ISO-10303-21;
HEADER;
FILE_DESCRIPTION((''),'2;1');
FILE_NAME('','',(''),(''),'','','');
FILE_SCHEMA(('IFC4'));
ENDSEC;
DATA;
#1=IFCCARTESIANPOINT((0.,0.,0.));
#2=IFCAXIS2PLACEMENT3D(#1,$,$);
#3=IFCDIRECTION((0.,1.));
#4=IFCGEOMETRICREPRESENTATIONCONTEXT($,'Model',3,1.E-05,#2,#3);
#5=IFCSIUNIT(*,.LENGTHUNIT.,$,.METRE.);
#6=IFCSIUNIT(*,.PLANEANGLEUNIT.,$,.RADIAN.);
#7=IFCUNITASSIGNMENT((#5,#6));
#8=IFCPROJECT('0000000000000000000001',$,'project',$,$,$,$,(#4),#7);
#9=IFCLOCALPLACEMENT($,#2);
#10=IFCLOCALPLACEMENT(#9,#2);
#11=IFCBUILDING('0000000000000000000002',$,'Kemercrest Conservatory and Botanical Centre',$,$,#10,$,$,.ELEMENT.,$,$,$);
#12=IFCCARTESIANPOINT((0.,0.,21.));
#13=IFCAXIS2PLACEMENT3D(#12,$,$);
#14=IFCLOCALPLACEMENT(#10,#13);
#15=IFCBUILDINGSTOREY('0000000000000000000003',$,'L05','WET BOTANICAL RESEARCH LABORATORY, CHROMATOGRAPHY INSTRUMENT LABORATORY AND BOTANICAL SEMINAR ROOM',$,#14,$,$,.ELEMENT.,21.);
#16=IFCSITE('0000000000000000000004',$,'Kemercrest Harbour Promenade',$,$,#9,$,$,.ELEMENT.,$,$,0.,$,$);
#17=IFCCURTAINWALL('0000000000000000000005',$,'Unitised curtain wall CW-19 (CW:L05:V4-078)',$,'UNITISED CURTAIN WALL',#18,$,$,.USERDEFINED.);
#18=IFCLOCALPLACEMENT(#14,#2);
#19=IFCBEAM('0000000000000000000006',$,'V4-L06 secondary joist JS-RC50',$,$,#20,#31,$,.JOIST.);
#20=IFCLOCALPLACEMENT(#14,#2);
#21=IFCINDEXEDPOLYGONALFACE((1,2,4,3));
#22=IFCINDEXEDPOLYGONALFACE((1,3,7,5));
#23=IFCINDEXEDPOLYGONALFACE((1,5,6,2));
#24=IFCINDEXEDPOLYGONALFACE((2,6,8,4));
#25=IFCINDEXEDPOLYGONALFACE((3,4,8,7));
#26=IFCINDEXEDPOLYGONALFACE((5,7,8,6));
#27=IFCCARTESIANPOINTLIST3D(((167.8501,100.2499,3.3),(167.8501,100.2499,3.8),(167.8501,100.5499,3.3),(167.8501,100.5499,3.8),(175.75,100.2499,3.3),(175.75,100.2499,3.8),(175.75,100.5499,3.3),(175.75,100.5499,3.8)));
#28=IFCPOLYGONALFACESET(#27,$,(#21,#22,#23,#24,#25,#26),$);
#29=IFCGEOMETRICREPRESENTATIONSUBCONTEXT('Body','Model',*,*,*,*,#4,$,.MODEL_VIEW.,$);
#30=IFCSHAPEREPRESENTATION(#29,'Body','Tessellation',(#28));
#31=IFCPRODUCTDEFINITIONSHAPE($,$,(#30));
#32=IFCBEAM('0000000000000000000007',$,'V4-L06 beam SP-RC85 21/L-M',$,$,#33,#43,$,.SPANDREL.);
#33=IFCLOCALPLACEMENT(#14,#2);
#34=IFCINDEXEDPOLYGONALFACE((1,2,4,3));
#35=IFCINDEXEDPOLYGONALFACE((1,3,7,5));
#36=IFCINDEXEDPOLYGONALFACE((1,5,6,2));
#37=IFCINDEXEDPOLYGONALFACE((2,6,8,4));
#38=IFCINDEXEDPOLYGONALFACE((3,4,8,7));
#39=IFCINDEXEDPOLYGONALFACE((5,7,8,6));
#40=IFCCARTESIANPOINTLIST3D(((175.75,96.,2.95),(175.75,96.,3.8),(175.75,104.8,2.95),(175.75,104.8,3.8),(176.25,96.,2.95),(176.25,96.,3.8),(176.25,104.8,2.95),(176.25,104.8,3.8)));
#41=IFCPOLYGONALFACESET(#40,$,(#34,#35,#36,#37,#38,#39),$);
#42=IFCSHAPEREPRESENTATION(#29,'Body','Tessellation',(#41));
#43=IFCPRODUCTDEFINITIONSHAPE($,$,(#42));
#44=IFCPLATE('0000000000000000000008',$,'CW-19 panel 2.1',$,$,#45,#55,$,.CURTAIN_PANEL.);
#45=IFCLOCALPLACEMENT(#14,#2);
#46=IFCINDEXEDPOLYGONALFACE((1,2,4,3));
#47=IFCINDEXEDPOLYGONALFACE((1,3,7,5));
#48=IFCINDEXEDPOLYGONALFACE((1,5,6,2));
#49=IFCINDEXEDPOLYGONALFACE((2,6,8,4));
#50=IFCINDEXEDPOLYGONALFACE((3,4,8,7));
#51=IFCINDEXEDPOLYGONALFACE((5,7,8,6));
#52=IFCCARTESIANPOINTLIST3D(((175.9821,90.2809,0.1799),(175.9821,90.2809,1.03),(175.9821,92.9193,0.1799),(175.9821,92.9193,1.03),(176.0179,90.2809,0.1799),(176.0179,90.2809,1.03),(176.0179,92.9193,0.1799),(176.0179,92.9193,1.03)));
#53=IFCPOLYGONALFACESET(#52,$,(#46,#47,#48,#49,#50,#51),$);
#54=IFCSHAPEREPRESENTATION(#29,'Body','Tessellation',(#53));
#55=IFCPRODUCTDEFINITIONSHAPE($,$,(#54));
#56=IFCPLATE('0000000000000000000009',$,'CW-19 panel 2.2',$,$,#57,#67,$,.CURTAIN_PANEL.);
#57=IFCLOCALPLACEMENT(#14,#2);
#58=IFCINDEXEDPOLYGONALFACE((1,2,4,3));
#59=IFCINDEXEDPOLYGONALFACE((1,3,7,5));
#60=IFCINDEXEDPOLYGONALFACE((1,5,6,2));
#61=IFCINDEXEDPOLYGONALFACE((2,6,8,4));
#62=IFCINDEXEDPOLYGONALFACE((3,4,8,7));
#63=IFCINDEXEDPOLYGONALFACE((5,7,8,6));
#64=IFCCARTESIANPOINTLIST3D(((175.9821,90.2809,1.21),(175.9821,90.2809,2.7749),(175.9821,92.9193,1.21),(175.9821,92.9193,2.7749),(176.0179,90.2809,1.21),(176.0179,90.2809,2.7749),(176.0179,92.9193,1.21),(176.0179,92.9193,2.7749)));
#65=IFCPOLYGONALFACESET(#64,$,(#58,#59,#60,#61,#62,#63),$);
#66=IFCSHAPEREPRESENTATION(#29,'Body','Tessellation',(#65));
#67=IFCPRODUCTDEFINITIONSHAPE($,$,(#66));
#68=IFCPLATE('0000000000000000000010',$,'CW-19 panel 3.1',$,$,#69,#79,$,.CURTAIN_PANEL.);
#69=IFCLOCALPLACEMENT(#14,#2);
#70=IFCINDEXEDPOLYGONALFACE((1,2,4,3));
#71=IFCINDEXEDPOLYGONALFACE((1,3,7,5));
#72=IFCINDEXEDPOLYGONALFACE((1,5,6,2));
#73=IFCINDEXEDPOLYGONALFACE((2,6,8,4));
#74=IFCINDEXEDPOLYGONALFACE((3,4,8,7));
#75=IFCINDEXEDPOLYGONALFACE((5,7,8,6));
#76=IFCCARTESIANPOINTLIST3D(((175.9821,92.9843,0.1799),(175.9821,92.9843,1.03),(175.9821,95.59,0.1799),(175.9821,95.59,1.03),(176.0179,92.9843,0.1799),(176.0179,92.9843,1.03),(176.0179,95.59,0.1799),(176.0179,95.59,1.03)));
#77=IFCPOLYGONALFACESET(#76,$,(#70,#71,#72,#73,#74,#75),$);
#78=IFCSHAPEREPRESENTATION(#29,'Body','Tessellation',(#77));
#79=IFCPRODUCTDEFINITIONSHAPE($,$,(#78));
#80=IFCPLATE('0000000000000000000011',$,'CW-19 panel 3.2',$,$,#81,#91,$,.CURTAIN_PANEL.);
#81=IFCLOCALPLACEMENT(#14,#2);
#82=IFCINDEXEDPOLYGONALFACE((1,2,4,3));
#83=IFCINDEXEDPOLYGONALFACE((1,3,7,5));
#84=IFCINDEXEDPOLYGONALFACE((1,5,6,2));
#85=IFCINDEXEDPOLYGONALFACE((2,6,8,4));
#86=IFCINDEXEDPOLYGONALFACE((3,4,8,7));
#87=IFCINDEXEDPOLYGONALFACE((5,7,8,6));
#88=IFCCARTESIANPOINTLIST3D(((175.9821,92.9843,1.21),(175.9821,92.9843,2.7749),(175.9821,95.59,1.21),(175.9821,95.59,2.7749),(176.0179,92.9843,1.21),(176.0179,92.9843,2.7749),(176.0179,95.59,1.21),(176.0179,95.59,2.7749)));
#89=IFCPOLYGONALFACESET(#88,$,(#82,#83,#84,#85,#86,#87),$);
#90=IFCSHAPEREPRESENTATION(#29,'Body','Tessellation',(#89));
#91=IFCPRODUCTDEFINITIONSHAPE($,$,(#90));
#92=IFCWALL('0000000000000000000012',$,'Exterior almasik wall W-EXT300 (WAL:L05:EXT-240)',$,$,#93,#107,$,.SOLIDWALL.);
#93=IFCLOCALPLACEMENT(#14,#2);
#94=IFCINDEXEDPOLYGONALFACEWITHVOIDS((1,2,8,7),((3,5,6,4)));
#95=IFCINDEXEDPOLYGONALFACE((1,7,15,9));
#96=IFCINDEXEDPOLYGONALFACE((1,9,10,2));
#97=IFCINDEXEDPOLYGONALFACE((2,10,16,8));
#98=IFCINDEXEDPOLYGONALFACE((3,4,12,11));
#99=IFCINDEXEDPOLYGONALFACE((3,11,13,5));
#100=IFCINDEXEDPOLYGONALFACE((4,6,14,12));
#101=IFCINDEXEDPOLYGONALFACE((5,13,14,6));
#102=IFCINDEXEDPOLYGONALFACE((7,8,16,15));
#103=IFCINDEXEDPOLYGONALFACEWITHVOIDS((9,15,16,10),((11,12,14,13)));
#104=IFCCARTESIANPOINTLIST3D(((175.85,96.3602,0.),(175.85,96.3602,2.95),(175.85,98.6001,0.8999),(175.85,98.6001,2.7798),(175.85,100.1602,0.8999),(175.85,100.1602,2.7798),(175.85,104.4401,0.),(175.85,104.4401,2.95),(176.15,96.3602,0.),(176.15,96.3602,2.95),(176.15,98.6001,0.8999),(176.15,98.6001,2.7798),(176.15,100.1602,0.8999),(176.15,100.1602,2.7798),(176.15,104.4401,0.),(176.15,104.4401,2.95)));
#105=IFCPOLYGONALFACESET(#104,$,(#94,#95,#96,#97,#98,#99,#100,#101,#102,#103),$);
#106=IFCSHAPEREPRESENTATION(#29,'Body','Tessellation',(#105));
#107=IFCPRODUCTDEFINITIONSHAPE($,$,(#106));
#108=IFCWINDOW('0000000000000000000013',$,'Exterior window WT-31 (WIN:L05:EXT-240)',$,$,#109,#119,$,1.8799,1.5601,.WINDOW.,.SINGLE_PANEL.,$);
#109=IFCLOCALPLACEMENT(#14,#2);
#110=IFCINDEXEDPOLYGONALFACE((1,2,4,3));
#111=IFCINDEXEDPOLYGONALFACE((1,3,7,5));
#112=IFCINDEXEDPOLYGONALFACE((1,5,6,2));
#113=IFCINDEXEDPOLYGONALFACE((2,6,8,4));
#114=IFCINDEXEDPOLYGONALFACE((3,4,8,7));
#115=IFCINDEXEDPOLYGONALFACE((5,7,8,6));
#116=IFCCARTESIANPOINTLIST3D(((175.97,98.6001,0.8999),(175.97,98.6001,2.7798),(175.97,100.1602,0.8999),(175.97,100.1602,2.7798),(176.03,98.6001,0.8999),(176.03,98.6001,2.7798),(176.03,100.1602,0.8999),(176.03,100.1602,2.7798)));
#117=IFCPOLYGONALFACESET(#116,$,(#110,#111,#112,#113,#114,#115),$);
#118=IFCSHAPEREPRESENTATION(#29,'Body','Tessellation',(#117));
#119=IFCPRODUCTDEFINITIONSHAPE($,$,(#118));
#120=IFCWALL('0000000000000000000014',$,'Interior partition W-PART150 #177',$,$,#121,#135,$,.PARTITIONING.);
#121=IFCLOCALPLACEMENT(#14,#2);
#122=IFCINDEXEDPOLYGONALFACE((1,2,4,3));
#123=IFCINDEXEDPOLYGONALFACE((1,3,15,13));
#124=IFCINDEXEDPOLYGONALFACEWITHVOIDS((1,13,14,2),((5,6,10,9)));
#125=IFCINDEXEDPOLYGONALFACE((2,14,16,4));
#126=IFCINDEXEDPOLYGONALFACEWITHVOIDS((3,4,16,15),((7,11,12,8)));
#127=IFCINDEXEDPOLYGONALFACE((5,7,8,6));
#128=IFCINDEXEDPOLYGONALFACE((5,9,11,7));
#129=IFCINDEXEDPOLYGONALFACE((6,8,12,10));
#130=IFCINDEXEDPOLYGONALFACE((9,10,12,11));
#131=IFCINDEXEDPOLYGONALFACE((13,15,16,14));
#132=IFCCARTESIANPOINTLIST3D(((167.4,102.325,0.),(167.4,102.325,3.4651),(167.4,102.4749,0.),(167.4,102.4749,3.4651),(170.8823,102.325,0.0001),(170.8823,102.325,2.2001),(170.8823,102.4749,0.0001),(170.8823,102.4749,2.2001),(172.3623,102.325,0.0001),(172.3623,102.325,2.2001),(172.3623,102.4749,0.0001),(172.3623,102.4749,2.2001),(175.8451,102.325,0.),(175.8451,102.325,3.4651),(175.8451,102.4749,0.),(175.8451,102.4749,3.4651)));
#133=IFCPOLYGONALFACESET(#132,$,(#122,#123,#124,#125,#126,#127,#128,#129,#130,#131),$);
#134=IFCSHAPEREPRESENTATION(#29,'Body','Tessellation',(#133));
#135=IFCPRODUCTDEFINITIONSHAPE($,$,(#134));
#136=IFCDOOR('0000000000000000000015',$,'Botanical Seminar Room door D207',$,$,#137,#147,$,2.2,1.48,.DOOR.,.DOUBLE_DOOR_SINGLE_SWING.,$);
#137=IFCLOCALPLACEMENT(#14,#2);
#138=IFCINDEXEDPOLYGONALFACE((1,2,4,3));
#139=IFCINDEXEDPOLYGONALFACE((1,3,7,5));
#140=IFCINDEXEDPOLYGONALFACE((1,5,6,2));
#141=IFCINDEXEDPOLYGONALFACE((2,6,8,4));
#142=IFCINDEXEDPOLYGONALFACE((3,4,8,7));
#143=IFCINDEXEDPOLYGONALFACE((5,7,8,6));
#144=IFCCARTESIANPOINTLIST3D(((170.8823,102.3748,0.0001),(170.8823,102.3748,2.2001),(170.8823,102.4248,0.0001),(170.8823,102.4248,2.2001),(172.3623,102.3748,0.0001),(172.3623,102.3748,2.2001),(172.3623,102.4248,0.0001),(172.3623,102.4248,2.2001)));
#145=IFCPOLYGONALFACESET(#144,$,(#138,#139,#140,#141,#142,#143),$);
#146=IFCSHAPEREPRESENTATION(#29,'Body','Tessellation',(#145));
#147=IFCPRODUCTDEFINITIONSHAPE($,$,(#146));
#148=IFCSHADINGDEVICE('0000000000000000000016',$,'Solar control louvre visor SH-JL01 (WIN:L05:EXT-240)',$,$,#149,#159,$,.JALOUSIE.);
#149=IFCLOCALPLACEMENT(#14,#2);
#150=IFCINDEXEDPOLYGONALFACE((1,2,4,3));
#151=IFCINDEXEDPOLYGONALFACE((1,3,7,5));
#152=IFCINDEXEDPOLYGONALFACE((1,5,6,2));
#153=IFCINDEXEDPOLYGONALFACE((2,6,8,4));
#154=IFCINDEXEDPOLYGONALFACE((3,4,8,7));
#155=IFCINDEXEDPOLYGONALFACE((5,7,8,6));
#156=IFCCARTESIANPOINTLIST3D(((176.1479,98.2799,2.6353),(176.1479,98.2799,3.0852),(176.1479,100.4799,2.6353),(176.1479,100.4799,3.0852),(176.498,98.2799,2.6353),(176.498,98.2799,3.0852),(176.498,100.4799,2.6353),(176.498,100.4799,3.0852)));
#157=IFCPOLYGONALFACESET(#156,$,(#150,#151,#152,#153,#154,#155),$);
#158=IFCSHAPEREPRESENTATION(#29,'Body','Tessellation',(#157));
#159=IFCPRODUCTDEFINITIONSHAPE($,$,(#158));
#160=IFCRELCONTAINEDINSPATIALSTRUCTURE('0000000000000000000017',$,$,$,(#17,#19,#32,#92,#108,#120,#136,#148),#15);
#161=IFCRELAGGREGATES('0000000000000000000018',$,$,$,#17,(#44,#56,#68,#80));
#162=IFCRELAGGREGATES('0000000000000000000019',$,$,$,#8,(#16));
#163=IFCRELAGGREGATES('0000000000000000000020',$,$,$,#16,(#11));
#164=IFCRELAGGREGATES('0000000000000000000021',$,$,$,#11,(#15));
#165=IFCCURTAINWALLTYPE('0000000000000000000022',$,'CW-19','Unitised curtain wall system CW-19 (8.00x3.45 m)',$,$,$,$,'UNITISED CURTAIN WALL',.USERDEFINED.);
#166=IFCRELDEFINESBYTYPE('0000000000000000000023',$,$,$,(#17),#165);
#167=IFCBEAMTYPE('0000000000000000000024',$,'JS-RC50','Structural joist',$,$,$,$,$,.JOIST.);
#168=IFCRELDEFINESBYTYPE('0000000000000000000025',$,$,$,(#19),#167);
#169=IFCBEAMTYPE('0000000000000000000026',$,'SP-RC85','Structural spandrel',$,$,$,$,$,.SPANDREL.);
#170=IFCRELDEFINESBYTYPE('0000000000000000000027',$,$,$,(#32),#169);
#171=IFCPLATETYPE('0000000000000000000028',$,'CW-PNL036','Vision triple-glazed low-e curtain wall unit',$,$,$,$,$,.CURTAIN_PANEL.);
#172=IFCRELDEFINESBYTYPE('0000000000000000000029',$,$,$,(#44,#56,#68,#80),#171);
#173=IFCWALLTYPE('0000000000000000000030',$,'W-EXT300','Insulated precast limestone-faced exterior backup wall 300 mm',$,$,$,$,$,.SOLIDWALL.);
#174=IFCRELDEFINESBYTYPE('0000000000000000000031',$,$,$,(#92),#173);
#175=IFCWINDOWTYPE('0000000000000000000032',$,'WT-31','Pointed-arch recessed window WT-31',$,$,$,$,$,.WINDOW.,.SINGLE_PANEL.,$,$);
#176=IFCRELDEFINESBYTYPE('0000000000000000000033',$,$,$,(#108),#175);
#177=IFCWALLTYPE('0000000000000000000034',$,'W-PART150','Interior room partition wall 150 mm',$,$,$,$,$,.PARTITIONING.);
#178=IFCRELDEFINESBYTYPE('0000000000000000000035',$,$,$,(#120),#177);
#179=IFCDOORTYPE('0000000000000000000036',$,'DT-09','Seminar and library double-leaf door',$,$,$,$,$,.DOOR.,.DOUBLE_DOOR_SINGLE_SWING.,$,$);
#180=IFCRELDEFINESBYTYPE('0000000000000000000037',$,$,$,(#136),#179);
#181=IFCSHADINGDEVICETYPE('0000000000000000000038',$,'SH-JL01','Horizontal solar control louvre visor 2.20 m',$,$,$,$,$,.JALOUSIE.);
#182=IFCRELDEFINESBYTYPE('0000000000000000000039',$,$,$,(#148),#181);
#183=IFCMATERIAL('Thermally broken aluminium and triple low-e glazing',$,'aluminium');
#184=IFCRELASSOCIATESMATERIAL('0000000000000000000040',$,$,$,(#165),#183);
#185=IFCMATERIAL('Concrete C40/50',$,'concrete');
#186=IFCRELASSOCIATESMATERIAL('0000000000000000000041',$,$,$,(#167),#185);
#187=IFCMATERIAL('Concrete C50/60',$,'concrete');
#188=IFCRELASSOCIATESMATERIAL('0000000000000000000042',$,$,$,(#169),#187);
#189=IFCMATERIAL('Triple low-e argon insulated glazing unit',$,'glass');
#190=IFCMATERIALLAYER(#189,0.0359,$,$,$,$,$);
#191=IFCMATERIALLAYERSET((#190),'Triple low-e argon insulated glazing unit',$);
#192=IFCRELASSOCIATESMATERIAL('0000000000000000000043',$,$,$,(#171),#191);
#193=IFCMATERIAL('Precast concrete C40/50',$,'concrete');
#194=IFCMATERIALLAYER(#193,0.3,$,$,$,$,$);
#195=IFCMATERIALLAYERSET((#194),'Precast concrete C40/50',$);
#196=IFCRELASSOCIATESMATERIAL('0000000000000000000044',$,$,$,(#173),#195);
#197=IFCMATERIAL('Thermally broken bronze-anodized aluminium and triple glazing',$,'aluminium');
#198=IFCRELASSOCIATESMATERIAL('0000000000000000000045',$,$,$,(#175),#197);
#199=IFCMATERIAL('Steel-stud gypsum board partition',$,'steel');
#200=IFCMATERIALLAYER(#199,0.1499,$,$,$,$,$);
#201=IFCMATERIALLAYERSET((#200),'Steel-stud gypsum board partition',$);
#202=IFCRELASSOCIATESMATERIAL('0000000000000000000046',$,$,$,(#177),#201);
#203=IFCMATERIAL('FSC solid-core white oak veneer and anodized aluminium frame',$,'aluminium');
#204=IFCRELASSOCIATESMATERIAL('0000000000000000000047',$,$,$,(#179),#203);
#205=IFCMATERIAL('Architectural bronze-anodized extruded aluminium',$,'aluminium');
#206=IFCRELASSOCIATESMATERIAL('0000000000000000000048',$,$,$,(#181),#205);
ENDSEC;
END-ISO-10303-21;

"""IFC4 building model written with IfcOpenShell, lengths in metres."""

from ifc_helpers import new_model, si_unit, direction, frame, frame_2d, origin, origin_2d, place, context, subcontext, project, spatial, rectangle, extrude, material, layer, layer_set, material_profile, profile_set, type_object, element, fill, aggregate, save


model = new_model("IFC4")

# Units and contexts
model_context = context("Model", 3, precision=1e-05, world=origin(), true_north=direction((0.0, 1.0)))
body_context = subcontext(model_context, "Body", "Model", "MODEL_VIEW")
ifc_project = project(units=[si_unit("LENGTHUNIT", "METRE"), si_unit("PLANEANGLEUNIT", "RADIAN")], contexts=[model_context])

# Site, building, storey
site_placement = place(None, origin())
site = spatial("IfcSite", under=ifc_project, at=site_placement, Name="Kemercrest Harbour Promenade", CompositionType="ELEMENT", RefElevation=0.0)
building_placement = place(site_placement, origin())
building = spatial("IfcBuilding", under=site, at=building_placement, Name="Kemercrest Conservatory and Botanical Centre", CompositionType="ELEMENT")
storey_placement = place(building_placement, frame((0.0, 0.0, 21.0)))
storey = spatial("IfcBuildingStorey", under=building, at=storey_placement, Name="L05", Description="WET BOTANICAL RESEARCH LABORATORY, CHROMATOGRAPHY INSTRUMENT LABORATORY AND BOTANICAL SEMINAR ROOM", CompositionType="ELEMENT", Elevation=21.0)

# Shared definitions
ifc_material_1 = material(Name="Concrete C50/60", Category="concrete")

# Curtain wall
ifc_material_2 = material(Name="Thermally broken aluminium and triple low-e glazing", Category="aluminium")
curtain_wall_type = type_object("IfcCurtainWallType", Name="CW-19", Description="Unitised curtain wall system CW-19 (8.00x3.45 m)", ElementType="UNITISED CURTAIN WALL", PredefinedType="USERDEFINED", material=ifc_material_2)
curtain_wall_placement = place(storey_placement, origin())
curtain_wall = element("IfcCurtainWall", 1, at=curtain_wall_placement, inside=storey, type_object=curtain_wall_type, Name="Unitised curtain wall CW-19 (CW:L05:V4-078)", ObjectType="UNITISED CURTAIN WALL", PredefinedType="USERDEFINED")

# Beams
ifc_material_3 = material(Name="Concrete C40/50", Category="concrete")
ifc_material_profile_1 = material_profile(ifc_material_3, rectangle(XDim=0.3, YDim=0.5, at=origin_2d()), Name="RC 300x500")
ifc_profile_set_1 = profile_set([ifc_material_profile_1], Name="Concrete C40/50")
beam_type_1 = type_object("IfcBeamType", Name="JS-RC50", Description="Structural joist", PredefinedType="JOIST", material=ifc_profile_set_1)
beam_1_placement = place(storey_placement, frame((167.8501, 100.3999, 3.55), z_axis=(1.0, 0.0, 0.0), x_axis=(0.0, 1.0, 0.0)))
element("IfcBeam", 2, at=beam_1_placement, inside=storey, type_object=beam_type_1, Name="V4-L06 secondary joist JS-RC50", PredefinedType="JOIST", context=body_context, shape_type="SweptSolid", body=[
    extrude(rectangle(XDim=0.3, YDim=0.5, at=origin_2d()), origin(), (0.0, 0.0, 1.0), 7.8999),
])
ifc_material_profile_2 = material_profile(ifc_material_1, rectangle(XDim=0.5, YDim=0.8501, at=origin_2d()), Name="RC 500x850")
ifc_profile_set_2 = profile_set([ifc_material_profile_2], Name="Concrete C50/60")
beam_type_2 = type_object("IfcBeamType", Name="SP-RC85", Description="Structural spandrel", PredefinedType="SPANDREL", material=ifc_profile_set_2)
beam_2_placement = place(storey_placement, frame((176.0, 96.0, 3.375), z_axis=(0.0, 1.0, 0.0), x_axis=(-1.0, 0.0, 0.0)))
element("IfcBeam", 3, at=beam_2_placement, inside=storey, type_object=beam_type_2, Name="V4-L06 beam SP-RC85 21/L-M", PredefinedType="SPANDREL", context=body_context, shape_type="SweptSolid", body=[
    extrude(rectangle(XDim=0.5, YDim=0.8501, at=origin_2d()), origin(), (0.0, 0.0, 1.0), 8.8),
])

# Plates
ifc_material_4 = material(Name="Triple low-e argon insulated glazing unit", Category="glass")
ifc_layer_1 = layer(ifc_material_4, 0.0359)
ifc_layer_set_1 = layer_set([ifc_layer_1], Name="Triple low-e argon insulated glazing unit")
plate_type = type_object("IfcPlateType", Name="CW-PNL036", Description="Vision triple-glazed low-e curtain wall unit", PredefinedType="CURTAIN_PANEL", material=ifc_layer_set_1)
plate_1_placement = place(storey_placement, frame((176.0, 91.6001, 0.1799), z_axis=(0.0, 0.0, 1.0), x_axis=(0.0, 1.0, 0.0)))
plate_1 = element("IfcPlate", 4, at=plate_1_placement, type_object=plate_type, Name="CW-19 panel 2.1", PredefinedType="CURTAIN_PANEL", context=body_context, shape_type="SweptSolid", body=[
    extrude(rectangle(XDim=2.6384, YDim=0.0359, at=origin_2d()), origin(), (0.0, 0.0, 1.0), 0.8501),
])
plate_2_placement = place(storey_placement, frame((176.0, 91.6001, 1.21), z_axis=(0.0, 0.0, 1.0), x_axis=(0.0, 1.0, 0.0)))
plate_2 = element("IfcPlate", 5, at=plate_2_placement, type_object=plate_type, Name="CW-19 panel 2.2", PredefinedType="CURTAIN_PANEL", context=body_context, shape_type="SweptSolid", body=[
    extrude(rectangle(XDim=2.6384, YDim=0.0359, at=origin_2d()), origin(), (0.0, 0.0, 1.0), 1.5649),
])
plate_3_placement = place(storey_placement, frame((176.0, 94.2871, 0.1799), z_axis=(0.0, 0.0, 1.0), x_axis=(0.0, 1.0, 0.0)))
plate_3 = element("IfcPlate", 6, at=plate_3_placement, type_object=plate_type, Name="CW-19 panel 3.1", PredefinedType="CURTAIN_PANEL", context=body_context, shape_type="SweptSolid", body=[
    extrude(rectangle(XDim=2.6057, YDim=0.0359, at=origin_2d()), origin(), (0.0, 0.0, 1.0), 0.8501),
])
plate_4_placement = place(storey_placement, frame((176.0, 94.2871, 1.21), z_axis=(0.0, 0.0, 1.0), x_axis=(0.0, 1.0, 0.0)))
plate_4 = element("IfcPlate", 7, at=plate_4_placement, type_object=plate_type, Name="CW-19 panel 3.2", PredefinedType="CURTAIN_PANEL", context=body_context, shape_type="SweptSolid", body=[
    extrude(rectangle(XDim=2.6057, YDim=0.0359, at=origin_2d()), origin(), (0.0, 0.0, 1.0), 1.5649),
])
aggregate(curtain_wall, [plate_1, plate_2, plate_3, plate_4])

# Wall, opening, window
ifc_material_5 = material(Name="Precast concrete C40/50", Category="concrete")
ifc_layer_2 = layer(ifc_material_5, 0.3)
ifc_layer_set_2 = layer_set([ifc_layer_2], Name="Precast concrete C40/50")
wall_type_1 = type_object("IfcWallType", Name="W-EXT300", Description="Insulated precast limestone-faced exterior backup wall 300 mm", PredefinedType="SOLIDWALL", material=ifc_layer_set_2)
wall_1_placement = place(storey_placement, frame((176.0, 96.3601, 0.0), z_axis=(0.0, 0.0, 1.0), x_axis=(0.0, 1.0, 0.0)))
wall_1 = element("IfcWall", 8, at=wall_1_placement, inside=storey, type_object=wall_type_1, Name="Exterior almasik wall W-EXT300 (WAL:L05:EXT-240)", PredefinedType="SOLIDWALL", context=body_context, shape_type="SweptSolid", body=[
    extrude(rectangle(XDim=8.0798, YDim=0.3, at=frame_2d((4.04, 0.0))), origin(), (0.0, 0.0, 1.0), 2.95),
])
opening_1_placement = place(wall_1_placement, frame((2.24, 0.0, 0.8999)))
opening_1 = element("IfcOpeningElement", 9, at=opening_1_placement, cuts=wall_1, PredefinedType="OPENING", context=body_context, shape_type="SweptSolid", body=[
    extrude(rectangle(XDim=1.5601, YDim=1.8799, at=frame_2d((0.78, 0.9399))), frame((0.0, 0.1602, 0.0), z_axis=(0.0, -1.0, 0.0), x_axis=(1.0, 0.0, 0.0)), (0.0, 0.0, 1.0), 0.3201),
])
ifc_material_6 = material(Name="Thermally broken bronze-anodized aluminium and triple glazing", Category="aluminium")
window_type = type_object("IfcWindowType", Name="WT-31", Description="Pointed-arch recessed window WT-31", PartitioningType="SINGLE_PANEL", PredefinedType="WINDOW", material=ifc_material_6)
window_placement = place(opening_1_placement, origin())
window = element("IfcWindow", 10, at=window_placement, inside=storey, type_object=window_type, Name="Exterior window WT-31 (WIN:L05:EXT-240)", OverallHeight=1.8799, OverallWidth=1.5601, PartitioningType="SINGLE_PANEL", PredefinedType="WINDOW", context=body_context, shape_type="SweptSolid", body=[
    extrude(rectangle(XDim=1.5601, YDim=1.8799, at=frame_2d((0.78, 0.9399))), frame((0.0, 0.03, 0.0), z_axis=(0.0, -1.0, 0.0), x_axis=(1.0, 0.0, 0.0)), (0.0, 0.0, 1.0), 0.0601),
])
fill(opening_1, window)

# Wall, opening, door
ifc_material_7 = material(Name="Steel-stud gypsum board partition", Category="steel")
ifc_layer_3 = layer(ifc_material_7, 0.1499)
ifc_layer_set_3 = layer_set([ifc_layer_3], Name="Steel-stud gypsum board partition")
wall_type_2 = type_object("IfcWallType", Name="W-PART150", Description="Interior room partition wall 150 mm", PredefinedType="PARTITIONING", material=ifc_layer_set_3)
wall_2_placement = place(storey_placement, frame((167.3999, 102.3999, 0.0), z_axis=(0.0, 0.0, 1.0), x_axis=(1.0, 0.0, 0.0)))
wall_2 = element("IfcWall", 11, at=wall_2_placement, inside=storey, type_object=wall_type_2, Name="Interior partition W-PART150 #177", PredefinedType="PARTITIONING", context=body_context, shape_type="SweptSolid", body=[
    extrude(rectangle(XDim=8.4451, YDim=0.1499, at=frame_2d((4.2227, 0.0))), origin(), (0.0, 0.0, 1.0), 3.4651),
])
opening_2_placement = place(wall_2_placement, frame((3.4824, 0.0, 0.0)))
opening_2 = element("IfcOpeningElement", 12, at=opening_2_placement, cuts=wall_2, PredefinedType="OPENING", context=body_context, shape_type="SweptSolid", body=[
    extrude(rectangle(XDim=1.48, YDim=2.2, at=frame_2d((0.74, 1.1001))), frame((0.0, 0.085, 0.0), z_axis=(0.0, -1.0, 0.0), x_axis=(1.0, 0.0, 0.0)), (0.0, 0.0, 1.0), 0.1699),
])
ifc_material_8 = material(Name="FSC solid-core white oak veneer and anodized aluminium frame", Category="aluminium")
door_type = type_object("IfcDoorType", Name="DT-09", Description="Seminar and library double-leaf door", OperationType="DOUBLE_DOOR_SINGLE_SWING", PredefinedType="DOOR", material=ifc_material_8)
door_placement = place(opening_2_placement, origin())
door = element("IfcDoor", 13, at=door_placement, inside=storey, type_object=door_type, Name="Botanical Seminar Room door D207", OperationType="DOUBLE_DOOR_SINGLE_SWING", OverallHeight=2.2, OverallWidth=1.48, PredefinedType="DOOR", context=body_context, shape_type="SweptSolid", body=[
    extrude(rectangle(XDim=1.48, YDim=2.2, at=frame_2d((0.74, 1.1001))), frame((0.0, 0.0249, 0.0), z_axis=(0.0, -1.0, 0.0), x_axis=(1.0, 0.0, 0.0)), (0.0, 0.0, 1.0), 0.05),
])
fill(opening_2, door)

# Shading device
ifc_material_9 = material(Name="Architectural bronze-anodized extruded aluminium", Category="aluminium")
shading_device_type = type_object("IfcShadingDeviceType", Name="SH-JL01", Description="Horizontal solar control louvre visor 2.20 m", PredefinedType="JALOUSIE", material=ifc_material_9)
shading_device_placement = place(storey_placement, frame((176.323, 99.3799, 2.6353), z_axis=(0.0, 0.0, 1.0), x_axis=(0.0, 1.0, 0.0)))
element("IfcShadingDevice", 14, at=shading_device_placement, inside=storey, type_object=shading_device_type, Name="Solar control louvre visor SH-JL01 (WIN:L05:EXT-240)", PredefinedType="JALOUSIE", context=body_context, shape_type="SweptSolid", body=[
    extrude(rectangle(XDim=2.2, YDim=0.3501, at=origin_2d()), origin(), (0.0, 0.0, 1.0), 0.45),
])

save(model, "model.ifc")
